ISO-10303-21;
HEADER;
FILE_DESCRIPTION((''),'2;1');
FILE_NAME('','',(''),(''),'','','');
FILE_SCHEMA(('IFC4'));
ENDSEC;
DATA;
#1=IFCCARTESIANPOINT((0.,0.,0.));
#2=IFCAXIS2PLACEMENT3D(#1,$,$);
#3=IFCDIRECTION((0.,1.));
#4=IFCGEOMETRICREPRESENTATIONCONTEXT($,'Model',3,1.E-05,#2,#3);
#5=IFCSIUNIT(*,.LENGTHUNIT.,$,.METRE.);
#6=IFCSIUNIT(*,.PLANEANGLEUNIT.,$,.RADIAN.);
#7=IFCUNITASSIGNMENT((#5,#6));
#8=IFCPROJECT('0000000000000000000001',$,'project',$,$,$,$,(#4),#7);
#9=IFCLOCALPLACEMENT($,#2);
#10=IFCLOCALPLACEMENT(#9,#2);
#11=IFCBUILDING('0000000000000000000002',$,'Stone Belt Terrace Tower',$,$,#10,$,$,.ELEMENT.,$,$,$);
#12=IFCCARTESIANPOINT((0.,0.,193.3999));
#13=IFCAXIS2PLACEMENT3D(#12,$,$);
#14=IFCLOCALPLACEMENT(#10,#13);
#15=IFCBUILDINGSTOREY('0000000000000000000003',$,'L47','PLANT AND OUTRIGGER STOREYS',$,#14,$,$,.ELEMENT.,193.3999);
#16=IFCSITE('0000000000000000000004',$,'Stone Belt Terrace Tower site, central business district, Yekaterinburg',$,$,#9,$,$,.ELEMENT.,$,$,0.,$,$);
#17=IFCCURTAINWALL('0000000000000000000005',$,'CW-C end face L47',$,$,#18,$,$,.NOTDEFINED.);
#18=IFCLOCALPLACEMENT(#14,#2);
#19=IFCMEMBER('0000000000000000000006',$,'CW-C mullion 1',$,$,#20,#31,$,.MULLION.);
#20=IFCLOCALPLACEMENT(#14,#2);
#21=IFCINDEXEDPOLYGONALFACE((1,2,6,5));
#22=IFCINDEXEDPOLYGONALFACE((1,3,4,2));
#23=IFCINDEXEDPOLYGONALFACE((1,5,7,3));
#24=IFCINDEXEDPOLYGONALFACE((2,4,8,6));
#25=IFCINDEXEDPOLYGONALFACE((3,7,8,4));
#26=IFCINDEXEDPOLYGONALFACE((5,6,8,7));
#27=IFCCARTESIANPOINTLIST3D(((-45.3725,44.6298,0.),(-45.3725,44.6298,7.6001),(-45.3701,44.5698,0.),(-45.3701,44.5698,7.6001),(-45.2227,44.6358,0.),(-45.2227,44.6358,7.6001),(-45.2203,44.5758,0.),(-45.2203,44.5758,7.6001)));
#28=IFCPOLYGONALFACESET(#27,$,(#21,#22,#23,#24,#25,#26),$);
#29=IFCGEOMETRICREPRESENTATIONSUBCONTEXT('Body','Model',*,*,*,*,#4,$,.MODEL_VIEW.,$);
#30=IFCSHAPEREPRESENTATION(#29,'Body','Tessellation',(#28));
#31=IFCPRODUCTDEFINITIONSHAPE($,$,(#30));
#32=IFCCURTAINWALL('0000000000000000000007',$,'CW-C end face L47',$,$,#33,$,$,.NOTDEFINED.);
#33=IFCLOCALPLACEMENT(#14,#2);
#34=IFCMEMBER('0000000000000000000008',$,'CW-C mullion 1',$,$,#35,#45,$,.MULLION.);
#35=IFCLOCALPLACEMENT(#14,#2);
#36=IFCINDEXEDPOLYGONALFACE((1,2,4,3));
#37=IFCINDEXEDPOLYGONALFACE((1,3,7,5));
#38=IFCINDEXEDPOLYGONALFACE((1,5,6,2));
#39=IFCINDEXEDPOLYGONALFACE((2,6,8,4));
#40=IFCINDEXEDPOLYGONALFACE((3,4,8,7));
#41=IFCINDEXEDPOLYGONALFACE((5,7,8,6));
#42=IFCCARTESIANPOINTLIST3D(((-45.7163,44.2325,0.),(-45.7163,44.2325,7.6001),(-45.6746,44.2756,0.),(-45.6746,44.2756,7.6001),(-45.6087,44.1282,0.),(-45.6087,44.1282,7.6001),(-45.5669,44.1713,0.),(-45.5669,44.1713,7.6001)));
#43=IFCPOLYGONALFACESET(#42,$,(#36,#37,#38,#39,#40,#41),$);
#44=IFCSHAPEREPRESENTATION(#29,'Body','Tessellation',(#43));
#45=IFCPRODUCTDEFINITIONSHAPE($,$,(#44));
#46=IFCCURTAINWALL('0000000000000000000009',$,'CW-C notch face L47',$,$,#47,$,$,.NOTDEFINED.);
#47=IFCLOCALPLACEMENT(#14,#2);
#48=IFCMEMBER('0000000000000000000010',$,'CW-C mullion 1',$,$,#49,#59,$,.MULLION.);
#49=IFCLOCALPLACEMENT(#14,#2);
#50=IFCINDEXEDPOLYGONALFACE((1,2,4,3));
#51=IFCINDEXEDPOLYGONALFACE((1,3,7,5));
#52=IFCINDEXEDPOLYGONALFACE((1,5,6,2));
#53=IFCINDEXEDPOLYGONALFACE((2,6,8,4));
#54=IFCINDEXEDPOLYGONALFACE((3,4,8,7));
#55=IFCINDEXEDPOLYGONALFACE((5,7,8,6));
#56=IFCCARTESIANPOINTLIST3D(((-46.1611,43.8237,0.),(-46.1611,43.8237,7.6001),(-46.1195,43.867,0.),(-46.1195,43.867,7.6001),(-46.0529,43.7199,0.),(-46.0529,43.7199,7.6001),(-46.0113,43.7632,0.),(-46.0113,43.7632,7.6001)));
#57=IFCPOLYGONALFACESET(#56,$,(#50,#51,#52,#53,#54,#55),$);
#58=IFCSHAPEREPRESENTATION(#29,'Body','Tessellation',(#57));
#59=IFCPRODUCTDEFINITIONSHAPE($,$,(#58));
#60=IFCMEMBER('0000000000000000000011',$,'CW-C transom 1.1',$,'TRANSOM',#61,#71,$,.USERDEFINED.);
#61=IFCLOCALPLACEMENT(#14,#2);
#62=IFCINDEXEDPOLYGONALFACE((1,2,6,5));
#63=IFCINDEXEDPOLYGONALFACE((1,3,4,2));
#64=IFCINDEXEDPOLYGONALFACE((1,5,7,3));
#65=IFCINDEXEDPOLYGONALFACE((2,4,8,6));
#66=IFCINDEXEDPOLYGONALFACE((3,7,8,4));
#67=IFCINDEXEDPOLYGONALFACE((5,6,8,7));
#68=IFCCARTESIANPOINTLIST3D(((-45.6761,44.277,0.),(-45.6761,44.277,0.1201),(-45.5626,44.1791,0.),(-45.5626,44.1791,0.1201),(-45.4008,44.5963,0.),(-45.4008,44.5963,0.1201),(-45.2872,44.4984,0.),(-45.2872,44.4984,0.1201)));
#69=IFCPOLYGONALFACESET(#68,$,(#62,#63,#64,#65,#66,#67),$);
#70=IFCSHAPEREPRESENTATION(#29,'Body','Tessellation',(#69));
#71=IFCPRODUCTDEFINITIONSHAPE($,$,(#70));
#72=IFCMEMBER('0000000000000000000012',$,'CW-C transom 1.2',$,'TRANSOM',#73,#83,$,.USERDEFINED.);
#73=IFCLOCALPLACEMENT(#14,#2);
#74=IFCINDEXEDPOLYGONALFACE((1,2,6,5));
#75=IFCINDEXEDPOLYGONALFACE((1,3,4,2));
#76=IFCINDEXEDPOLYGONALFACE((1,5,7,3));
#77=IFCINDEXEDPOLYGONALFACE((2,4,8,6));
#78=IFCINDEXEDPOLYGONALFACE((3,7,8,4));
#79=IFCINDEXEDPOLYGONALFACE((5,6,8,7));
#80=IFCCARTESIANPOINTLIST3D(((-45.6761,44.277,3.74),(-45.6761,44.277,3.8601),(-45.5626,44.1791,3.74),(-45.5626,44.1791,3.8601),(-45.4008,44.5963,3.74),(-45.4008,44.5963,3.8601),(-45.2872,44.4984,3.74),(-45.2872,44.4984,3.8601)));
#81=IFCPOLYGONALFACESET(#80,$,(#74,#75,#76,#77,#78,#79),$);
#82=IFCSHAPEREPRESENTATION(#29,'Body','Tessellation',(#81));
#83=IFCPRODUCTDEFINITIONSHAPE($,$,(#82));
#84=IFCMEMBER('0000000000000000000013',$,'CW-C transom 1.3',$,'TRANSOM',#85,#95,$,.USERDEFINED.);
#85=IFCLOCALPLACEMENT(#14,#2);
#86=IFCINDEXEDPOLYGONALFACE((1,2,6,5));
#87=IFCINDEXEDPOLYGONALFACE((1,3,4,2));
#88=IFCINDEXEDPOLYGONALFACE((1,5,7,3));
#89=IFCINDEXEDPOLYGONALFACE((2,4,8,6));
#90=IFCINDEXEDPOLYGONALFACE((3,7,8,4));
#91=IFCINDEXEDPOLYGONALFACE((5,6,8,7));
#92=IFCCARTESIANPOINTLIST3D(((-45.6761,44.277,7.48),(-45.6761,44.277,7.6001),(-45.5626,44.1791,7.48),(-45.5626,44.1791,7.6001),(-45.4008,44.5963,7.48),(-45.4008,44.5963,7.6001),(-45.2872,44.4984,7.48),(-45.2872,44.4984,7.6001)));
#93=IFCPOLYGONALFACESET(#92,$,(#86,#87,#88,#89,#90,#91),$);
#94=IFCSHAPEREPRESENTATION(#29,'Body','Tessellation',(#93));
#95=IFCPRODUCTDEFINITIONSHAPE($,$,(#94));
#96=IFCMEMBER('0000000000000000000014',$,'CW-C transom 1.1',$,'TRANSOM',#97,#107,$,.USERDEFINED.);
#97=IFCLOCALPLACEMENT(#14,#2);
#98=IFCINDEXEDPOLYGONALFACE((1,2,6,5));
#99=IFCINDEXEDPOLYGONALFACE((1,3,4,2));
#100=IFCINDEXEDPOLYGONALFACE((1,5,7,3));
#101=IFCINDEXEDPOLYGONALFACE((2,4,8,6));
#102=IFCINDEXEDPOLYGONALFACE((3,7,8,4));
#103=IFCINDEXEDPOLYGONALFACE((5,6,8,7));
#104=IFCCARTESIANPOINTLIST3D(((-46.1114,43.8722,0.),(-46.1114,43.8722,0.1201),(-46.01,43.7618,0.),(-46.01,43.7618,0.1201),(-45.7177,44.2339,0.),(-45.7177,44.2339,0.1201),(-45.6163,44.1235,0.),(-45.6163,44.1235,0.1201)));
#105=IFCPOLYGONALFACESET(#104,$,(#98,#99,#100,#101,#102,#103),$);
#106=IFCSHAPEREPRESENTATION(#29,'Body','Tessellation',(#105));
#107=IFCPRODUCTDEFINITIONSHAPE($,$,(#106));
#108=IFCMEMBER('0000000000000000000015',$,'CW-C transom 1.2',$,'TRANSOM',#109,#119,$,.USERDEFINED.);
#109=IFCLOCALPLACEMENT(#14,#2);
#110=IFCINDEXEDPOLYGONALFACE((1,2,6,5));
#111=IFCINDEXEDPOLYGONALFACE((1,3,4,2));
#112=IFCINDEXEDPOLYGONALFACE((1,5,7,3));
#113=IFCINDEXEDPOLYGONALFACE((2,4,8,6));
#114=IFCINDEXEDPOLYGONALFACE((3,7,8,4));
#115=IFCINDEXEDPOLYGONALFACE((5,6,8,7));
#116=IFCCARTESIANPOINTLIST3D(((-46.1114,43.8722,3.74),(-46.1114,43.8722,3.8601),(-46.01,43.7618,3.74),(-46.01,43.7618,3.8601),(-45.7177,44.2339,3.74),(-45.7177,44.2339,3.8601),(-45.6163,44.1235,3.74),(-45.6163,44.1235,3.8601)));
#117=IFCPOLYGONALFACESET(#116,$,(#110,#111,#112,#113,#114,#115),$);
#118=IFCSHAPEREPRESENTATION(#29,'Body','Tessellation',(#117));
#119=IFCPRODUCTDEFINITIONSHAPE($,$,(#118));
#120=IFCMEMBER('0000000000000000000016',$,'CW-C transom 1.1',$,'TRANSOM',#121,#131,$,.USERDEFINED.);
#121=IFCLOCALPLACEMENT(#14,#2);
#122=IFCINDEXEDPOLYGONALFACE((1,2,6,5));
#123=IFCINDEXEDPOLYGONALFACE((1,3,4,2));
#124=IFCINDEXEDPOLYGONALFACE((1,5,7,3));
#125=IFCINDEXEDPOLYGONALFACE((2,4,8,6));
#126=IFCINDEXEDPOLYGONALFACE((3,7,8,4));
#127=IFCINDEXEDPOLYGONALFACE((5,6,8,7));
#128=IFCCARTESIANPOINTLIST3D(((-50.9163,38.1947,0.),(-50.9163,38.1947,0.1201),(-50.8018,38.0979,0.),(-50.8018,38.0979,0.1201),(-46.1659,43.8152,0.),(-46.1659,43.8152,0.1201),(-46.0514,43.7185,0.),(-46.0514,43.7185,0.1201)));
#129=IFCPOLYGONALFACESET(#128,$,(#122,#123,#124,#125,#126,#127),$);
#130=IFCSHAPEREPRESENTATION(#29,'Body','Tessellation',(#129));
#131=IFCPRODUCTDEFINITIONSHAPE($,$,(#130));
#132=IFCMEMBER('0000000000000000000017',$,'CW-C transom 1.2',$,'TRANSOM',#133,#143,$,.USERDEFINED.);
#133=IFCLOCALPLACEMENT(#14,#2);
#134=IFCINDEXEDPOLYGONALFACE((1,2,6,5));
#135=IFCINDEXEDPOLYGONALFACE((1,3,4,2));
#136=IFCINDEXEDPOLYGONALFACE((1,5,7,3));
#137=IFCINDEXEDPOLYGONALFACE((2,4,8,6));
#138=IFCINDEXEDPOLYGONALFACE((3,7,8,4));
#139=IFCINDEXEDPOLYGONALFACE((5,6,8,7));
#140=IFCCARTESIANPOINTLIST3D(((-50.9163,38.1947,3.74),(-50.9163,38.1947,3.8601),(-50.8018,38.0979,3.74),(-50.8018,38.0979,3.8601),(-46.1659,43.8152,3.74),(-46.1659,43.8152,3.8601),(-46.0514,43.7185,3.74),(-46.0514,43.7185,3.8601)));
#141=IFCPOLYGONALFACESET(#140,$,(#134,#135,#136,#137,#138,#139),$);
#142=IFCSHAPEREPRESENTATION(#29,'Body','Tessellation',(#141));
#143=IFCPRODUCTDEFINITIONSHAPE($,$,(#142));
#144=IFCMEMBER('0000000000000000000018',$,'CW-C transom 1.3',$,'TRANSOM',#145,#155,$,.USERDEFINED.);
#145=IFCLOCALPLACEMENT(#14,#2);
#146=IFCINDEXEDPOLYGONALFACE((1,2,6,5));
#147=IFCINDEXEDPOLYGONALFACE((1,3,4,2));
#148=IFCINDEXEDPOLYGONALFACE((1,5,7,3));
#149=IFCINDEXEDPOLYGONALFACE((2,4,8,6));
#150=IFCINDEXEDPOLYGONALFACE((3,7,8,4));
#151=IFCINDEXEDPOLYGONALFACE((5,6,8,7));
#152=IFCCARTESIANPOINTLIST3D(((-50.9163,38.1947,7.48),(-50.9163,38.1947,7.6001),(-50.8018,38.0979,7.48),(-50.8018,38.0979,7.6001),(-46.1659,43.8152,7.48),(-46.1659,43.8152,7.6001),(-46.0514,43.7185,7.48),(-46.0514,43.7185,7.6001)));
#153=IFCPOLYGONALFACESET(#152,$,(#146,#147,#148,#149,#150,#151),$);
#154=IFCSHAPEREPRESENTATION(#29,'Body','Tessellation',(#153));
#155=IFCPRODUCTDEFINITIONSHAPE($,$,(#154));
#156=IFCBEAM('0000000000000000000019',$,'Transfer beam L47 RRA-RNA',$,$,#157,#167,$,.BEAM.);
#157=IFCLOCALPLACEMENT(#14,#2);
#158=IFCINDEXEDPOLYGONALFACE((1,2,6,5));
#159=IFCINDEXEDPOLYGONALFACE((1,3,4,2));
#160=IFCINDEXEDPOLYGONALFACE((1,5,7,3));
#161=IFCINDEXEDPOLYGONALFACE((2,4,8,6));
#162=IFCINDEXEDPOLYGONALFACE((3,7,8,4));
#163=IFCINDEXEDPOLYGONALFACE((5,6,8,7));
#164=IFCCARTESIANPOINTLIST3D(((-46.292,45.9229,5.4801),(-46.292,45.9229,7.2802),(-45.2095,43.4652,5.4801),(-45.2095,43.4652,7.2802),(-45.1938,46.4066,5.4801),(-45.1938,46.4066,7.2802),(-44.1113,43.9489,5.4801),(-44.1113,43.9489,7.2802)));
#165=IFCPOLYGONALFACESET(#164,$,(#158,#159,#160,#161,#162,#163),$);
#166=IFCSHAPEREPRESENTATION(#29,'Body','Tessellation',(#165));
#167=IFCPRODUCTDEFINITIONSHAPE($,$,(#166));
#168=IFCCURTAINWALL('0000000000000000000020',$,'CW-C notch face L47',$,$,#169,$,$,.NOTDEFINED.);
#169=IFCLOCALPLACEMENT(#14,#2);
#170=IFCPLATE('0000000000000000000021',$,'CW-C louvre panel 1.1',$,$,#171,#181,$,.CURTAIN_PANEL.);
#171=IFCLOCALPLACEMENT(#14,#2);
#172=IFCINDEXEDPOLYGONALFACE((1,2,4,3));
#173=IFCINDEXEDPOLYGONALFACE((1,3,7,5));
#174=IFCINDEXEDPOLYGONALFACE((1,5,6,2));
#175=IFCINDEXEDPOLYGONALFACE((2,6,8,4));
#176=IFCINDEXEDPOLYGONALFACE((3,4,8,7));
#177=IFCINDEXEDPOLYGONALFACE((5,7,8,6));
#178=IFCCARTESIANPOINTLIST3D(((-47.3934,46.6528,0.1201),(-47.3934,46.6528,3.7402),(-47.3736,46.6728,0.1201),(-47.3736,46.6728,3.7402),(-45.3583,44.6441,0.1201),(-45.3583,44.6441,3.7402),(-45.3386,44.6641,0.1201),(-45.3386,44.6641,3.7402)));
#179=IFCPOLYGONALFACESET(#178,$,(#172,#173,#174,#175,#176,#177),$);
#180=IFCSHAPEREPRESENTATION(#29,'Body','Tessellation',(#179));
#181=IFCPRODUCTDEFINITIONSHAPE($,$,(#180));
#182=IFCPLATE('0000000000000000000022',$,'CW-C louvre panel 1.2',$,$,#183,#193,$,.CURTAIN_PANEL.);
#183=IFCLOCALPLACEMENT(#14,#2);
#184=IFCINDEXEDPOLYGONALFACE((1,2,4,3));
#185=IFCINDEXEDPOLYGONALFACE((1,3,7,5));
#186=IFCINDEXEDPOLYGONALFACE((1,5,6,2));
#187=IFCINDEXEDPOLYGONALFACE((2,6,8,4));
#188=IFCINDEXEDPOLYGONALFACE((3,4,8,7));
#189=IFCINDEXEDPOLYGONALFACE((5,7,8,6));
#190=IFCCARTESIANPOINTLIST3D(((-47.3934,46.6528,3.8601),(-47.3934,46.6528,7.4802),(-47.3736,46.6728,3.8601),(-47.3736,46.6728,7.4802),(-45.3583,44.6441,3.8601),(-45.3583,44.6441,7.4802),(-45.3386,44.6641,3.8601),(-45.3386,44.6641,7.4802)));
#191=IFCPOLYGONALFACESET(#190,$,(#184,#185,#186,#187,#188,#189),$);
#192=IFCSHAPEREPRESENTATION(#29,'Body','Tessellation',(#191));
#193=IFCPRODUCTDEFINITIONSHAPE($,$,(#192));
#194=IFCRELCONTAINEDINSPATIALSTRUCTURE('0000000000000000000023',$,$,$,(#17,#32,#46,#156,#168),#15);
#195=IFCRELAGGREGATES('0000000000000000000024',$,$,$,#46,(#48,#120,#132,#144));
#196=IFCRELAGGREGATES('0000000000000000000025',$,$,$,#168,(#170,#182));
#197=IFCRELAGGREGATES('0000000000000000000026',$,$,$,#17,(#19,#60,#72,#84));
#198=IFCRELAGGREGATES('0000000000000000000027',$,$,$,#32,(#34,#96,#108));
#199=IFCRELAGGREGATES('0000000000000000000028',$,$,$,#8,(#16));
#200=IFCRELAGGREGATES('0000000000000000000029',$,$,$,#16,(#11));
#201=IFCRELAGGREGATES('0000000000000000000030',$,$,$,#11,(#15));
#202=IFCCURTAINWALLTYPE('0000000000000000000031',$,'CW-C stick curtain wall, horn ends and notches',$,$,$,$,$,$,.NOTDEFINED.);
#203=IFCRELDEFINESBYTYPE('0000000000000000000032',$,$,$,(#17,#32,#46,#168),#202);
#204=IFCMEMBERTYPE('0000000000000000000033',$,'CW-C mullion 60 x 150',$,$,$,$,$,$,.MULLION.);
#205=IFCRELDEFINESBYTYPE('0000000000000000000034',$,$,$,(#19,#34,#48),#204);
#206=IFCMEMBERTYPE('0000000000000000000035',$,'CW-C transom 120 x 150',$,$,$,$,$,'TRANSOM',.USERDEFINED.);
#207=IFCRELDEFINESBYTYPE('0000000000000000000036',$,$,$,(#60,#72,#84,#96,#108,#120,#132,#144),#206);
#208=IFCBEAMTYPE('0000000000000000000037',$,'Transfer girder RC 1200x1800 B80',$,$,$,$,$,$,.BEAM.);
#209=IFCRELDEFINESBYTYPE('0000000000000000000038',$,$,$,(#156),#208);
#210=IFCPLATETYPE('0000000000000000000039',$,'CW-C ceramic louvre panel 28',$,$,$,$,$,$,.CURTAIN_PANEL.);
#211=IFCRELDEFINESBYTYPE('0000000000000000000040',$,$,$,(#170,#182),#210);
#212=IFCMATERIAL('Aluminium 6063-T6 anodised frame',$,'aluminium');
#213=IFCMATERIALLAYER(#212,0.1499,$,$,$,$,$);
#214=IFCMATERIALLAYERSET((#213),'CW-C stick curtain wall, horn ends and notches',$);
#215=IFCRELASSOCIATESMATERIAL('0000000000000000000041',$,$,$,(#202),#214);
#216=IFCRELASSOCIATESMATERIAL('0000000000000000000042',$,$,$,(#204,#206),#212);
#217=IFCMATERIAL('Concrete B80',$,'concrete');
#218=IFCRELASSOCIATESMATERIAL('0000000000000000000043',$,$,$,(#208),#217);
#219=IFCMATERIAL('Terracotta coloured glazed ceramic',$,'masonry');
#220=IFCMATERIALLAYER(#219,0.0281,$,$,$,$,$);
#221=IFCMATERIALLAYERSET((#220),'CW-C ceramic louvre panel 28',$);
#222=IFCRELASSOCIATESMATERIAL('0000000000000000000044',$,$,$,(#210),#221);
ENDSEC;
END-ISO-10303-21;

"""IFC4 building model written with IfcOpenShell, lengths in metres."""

from ifc_helpers import new_model, si_unit, direction, frame, origin, origin_2d, place, context, subcontext, project, spatial, rectangle, extrude, material, layer, layer_set, material_profile, profile_set, type_object, element, aggregate, save


model = new_model("IFC4")

# Units and contexts
model_context = context("Model", 3, precision=1e-05, world=origin(), true_north=direction((0.0, 1.0)))
body_context = subcontext(model_context, "Body", "Model", "MODEL_VIEW")
ifc_project = project(units=[si_unit("LENGTHUNIT", "METRE"), si_unit("PLANEANGLEUNIT", "RADIAN")], contexts=[model_context])

# Site, building, storey
site_placement = place(None, origin())
site = spatial("IfcSite", under=ifc_project, at=site_placement, Name="Stone Belt Terrace Tower site, central business district, Yekaterinburg", CompositionType="ELEMENT", RefElevation=0.0)
building_placement = place(site_placement, origin())
building = spatial("IfcBuilding", under=site, at=building_placement, Name="Stone Belt Terrace Tower", CompositionType="ELEMENT")
storey_placement = place(building_placement, frame((0.0, 0.0, 193.3999)))
storey = spatial("IfcBuildingStorey", under=building, at=storey_placement, Name="L47", Description="PLANT AND OUTRIGGER STOREYS", CompositionType="ELEMENT", Elevation=193.3999)

# Curtain walls, members
ifc_material_1 = material(Name="Aluminium 6063-T6 anodised frame", Category="aluminium")
ifc_layer_1 = layer(ifc_material_1, 0.1499)
ifc_layer_set_1 = layer_set([ifc_layer_1], Name="CW-C stick curtain wall, horn ends and notches")
curtain_wall_type = type_object("IfcCurtainWallType", Name="CW-C stick curtain wall, horn ends and notches", PredefinedType="NOTDEFINED", material=ifc_layer_set_1)
curtain_wall_1_placement = place(storey_placement, origin())
curtain_wall_1 = element("IfcCurtainWall", 1, at=curtain_wall_1_placement, inside=storey, type_object=curtain_wall_type, Name="CW-C end face L47", PredefinedType="NOTDEFINED")
ifc_material_profile_1 = material_profile(ifc_material_1, rectangle(XDim=0.1499, YDim=0.0601, at=origin_2d()), Name="Aluminium 6063-T6 60x150")
ifc_profile_set_1 = profile_set([ifc_material_profile_1], Name="Aluminium 6063-T6 anodised frame")
member_type_1 = type_object("IfcMemberType", Name="CW-C mullion 60 x 150", PredefinedType="MULLION", material=ifc_profile_set_1)
member_1_placement = place(storey_placement, frame((-45.2964, 44.6028, 0.0), z_axis=(0.0, 0.0, 1.0), x_axis=(0.999185, 0.04036, 0.0)))
member_1 = element("IfcMember", 2, at=member_1_placement, type_object=member_type_1, Name="CW-C mullion 1", PredefinedType="MULLION", context=body_context, shape_type="SweptSolid", body=[
    extrude(rectangle(XDim=0.1499, YDim=0.0601, at=origin_2d()), origin(), (0.0, 0.0, 1.0), 7.6001),
])
curtain_wall_2_placement = place(storey_placement, origin())
curtain_wall_2 = element("IfcCurtainWall", 3, at=curtain_wall_2_placement, inside=storey, type_object=curtain_wall_type, Name="CW-C end face L47", PredefinedType="NOTDEFINED")
member_2_placement = place(storey_placement, frame((-45.6416, 44.2019, 0.0), z_axis=(0.0, 0.0, 1.0), x_axis=(0.718346, -0.695686, 0.0)))
member_2 = element("IfcMember", 4, at=member_2_placement, type_object=member_type_1, Name="CW-C mullion 1", PredefinedType="MULLION", context=body_context, shape_type="SweptSolid", body=[
    extrude(rectangle(XDim=0.1499, YDim=0.0601, at=origin_2d()), origin(), (0.0, 0.0, 1.0), 7.6001),
])
curtain_wall_3_placement = place(storey_placement, origin())
curtain_wall_3 = element("IfcCurtainWall", 5, at=curtain_wall_3_placement, inside=storey, type_object=curtain_wall_type, Name="CW-C notch face L47", PredefinedType="NOTDEFINED")
member_3_placement = place(storey_placement, frame((-46.0862, 43.7935, 0.0), z_axis=(0.0, 0.0, 1.0), x_axis=(0.721638, -0.692271, 0.0)))
member_3 = element("IfcMember", 6, at=member_3_placement, type_object=member_type_1, Name="CW-C mullion 1", PredefinedType="MULLION", context=body_context, shape_type="SweptSolid", body=[
    extrude(rectangle(XDim=0.1499, YDim=0.0601, at=origin_2d()), origin(), (0.0, 0.0, 1.0), 7.6001),
])

# Members
ifc_material_profile_2 = material_profile(ifc_material_1, rectangle(XDim=0.1499, YDim=0.1201, at=origin_2d()), Name="Aluminium 6063-T6 150x120")
ifc_profile_set_2 = profile_set([ifc_material_profile_2], Name="Aluminium 6063-T6 anodised frame")
member_type_2 = type_object("IfcMemberType", Name="CW-C transom 120 x 150", ElementType="TRANSOM", PredefinedType="USERDEFINED", material=ifc_profile_set_2)
member_4_placement = place(storey_placement, frame((-45.344, 44.5474, 0.0601), z_axis=(-0.653077, -0.757291, 0.0), x_axis=(0.757291, -0.653077, 0.0)))
member_4 = element("IfcMember", 7, at=member_4_placement, type_object=member_type_2, Name="CW-C transom 1.1", ObjectType="TRANSOM", PredefinedType="USERDEFINED", context=body_context, shape_type="SweptSolid", body=[
    extrude(rectangle(XDim=0.1499, YDim=0.1201, at=origin_2d()), origin(), (0.0, 0.0, 1.0), 0.4216),
])
member_5_placement = place(storey_placement, frame((-45.344, 44.5474, 3.8), z_axis=(-0.653077, -0.757291, 0.0), x_axis=(0.757291, -0.653077, 0.0)))
member_5 = element("IfcMember", 8, at=member_5_placement, type_object=member_type_2, Name="CW-C transom 1.2", ObjectType="TRANSOM", PredefinedType="USERDEFINED", context=body_context, shape_type="SweptSolid", body=[
    extrude(rectangle(XDim=0.1499, YDim=0.1201, at=origin_2d()), origin(), (0.0, 0.0, 1.0), 0.4216),
])
member_6_placement = place(storey_placement, frame((-45.344, 44.5474, 7.54), z_axis=(-0.653077, -0.757291, 0.0), x_axis=(0.757291, -0.653077, 0.0)))
member_6 = element("IfcMember", 9, at=member_6_placement, type_object=member_type_2, Name="CW-C transom 1.3", ObjectType="TRANSOM", PredefinedType="USERDEFINED", context=body_context, shape_type="SweptSolid", body=[
    extrude(rectangle(XDim=0.1499, YDim=0.1201, at=origin_2d()), origin(), (0.0, 0.0, 1.0), 0.4216),
])
member_7_placement = place(storey_placement, frame((-45.667, 44.1787, 0.0601), z_axis=(-0.736377, -0.676572, 0.0), x_axis=(0.676572, -0.736377, 0.0)))
member_7 = element("IfcMember", 10, at=member_7_placement, type_object=member_type_2, Name="CW-C transom 1.1", ObjectType="TRANSOM", PredefinedType="USERDEFINED", context=body_context, shape_type="SweptSolid", body=[
    extrude(rectangle(XDim=0.1499, YDim=0.1201, at=origin_2d()), origin(), (0.0, 0.0, 1.0), 0.5347),
])
member_8_placement = place(storey_placement, frame((-45.667, 44.1787, 3.8), z_axis=(-0.736377, -0.676572, 0.0), x_axis=(0.676572, -0.736377, 0.0)))
member_8 = element("IfcMember", 11, at=member_8_placement, type_object=member_type_2, Name="CW-C transom 1.2", ObjectType="TRANSOM", PredefinedType="USERDEFINED", context=body_context, shape_type="SweptSolid", body=[
    extrude(rectangle(XDim=0.1499, YDim=0.1201, at=origin_2d()), origin(), (0.0, 0.0, 1.0), 0.5347),
])
member_9_placement = place(storey_placement, frame((-46.1086, 43.7668, 0.0601), z_axis=(-0.645514, -0.763749, 0.0), x_axis=(0.763749, -0.645514, 0.0)))
member_9 = element("IfcMember", 12, at=member_9_placement, type_object=member_type_2, Name="CW-C transom 1.1", ObjectType="TRANSOM", PredefinedType="USERDEFINED", context=body_context, shape_type="SweptSolid", body=[
    extrude(rectangle(XDim=0.1499, YDim=0.1201, at=origin_2d()), origin(), (0.0, 0.0, 1.0), 7.3591),
])
member_10_placement = place(storey_placement, frame((-46.1086, 43.7668, 3.8), z_axis=(-0.645514, -0.763749, 0.0), x_axis=(0.763749, -0.645514, 0.0)))
member_10 = element("IfcMember", 13, at=member_10_placement, type_object=member_type_2, Name="CW-C transom 1.2", ObjectType="TRANSOM", PredefinedType="USERDEFINED", context=body_context, shape_type="SweptSolid", body=[
    extrude(rectangle(XDim=0.1499, YDim=0.1201, at=origin_2d()), origin(), (0.0, 0.0, 1.0), 7.3591),
])
member_11_placement = place(storey_placement, frame((-46.1086, 43.7668, 7.54), z_axis=(-0.645514, -0.763749, 0.0), x_axis=(0.763749, -0.645514, 0.0)))
member_11 = element("IfcMember", 14, at=member_11_placement, type_object=member_type_2, Name="CW-C transom 1.3", ObjectType="TRANSOM", PredefinedType="USERDEFINED", context=body_context, shape_type="SweptSolid", body=[
    extrude(rectangle(XDim=0.1499, YDim=0.1201, at=origin_2d()), origin(), (0.0, 0.0, 1.0), 7.3591),
])
aggregate(curtain_wall_3, [member_3, member_9, member_10, member_11])

# Beam
ifc_material_2 = material(Name="Concrete B80", Category="concrete")
ifc_material_profile_3 = material_profile(ifc_material_2, rectangle(XDim=1.2, YDim=1.8, at=origin_2d()), Name="RC 1200x1800")
ifc_profile_set_3 = profile_set([ifc_material_profile_3], Name="Concrete B80")
beam_type = type_object("IfcBeamType", Name="Transfer girder RC 1200x1800 B80", PredefinedType="BEAM", material=ifc_profile_set_3)
beam_placement = place(storey_placement, frame((-44.6604, 43.707, 6.3801), z_axis=(-0.403083, 0.915163, 0.0), x_axis=(-0.915163, -0.403083, 0.0)))
element("IfcBeam", 15, at=beam_placement, inside=storey, type_object=beam_type, Name="Transfer beam L47 RRA-RNA", PredefinedType="BEAM", context=body_context, shape_type="SweptSolid", body=[
    extrude(rectangle(XDim=1.2, YDim=1.8, at=origin_2d()), origin(), (0.0, 0.0, 1.0), 2.6855),
])

# Curtain wall, plates
curtain_wall_4_placement = place(storey_placement, origin())
curtain_wall_4 = element("IfcCurtainWall", 16, at=curtain_wall_4_placement, inside=storey, type_object=curtain_wall_type, Name="CW-C notch face L47", PredefinedType="NOTDEFINED")
ifc_material_3 = material(Name="Terracotta coloured glazed ceramic", Category="masonry")
ifc_layer_2 = layer(ifc_material_3, 0.0281)
ifc_layer_set_2 = layer_set([ifc_layer_2], Name="CW-C ceramic louvre panel 28")
plate_type = type_object("IfcPlateType", Name="CW-C ceramic louvre panel 28", PredefinedType="CURTAIN_PANEL", material=ifc_layer_set_2)
plate_1_placement = place(storey_placement, frame((-46.366, 45.6584, 0.1201), z_axis=(0.0, 0.0, 1.0), x_axis=(0.711713, -0.70247, 0.0)))
plate_1 = element("IfcPlate", 17, at=plate_1_placement, type_object=plate_type, Name="CW-C louvre panel 1.1", PredefinedType="CURTAIN_PANEL", context=body_context, shape_type="SweptSolid", body=[
    extrude(rectangle(XDim=2.8594, YDim=0.0281, at=origin_2d()), origin(), (0.0, 0.0, 1.0), 3.6201),
])
plate_2_placement = place(storey_placement, frame((-46.366, 45.6584, 3.8601), z_axis=(0.0, 0.0, 1.0), x_axis=(0.711713, -0.70247, 0.0)))
plate_2 = element("IfcPlate", 18, at=plate_2_placement, type_object=plate_type, Name="CW-C louvre panel 1.2", PredefinedType="CURTAIN_PANEL", context=body_context, shape_type="SweptSolid", body=[
    extrude(rectangle(XDim=2.8594, YDim=0.0281, at=origin_2d()), origin(), (0.0, 0.0, 1.0), 3.6201),
])
aggregate(curtain_wall_4, [plate_1, plate_2])

aggregate(curtain_wall_1, [member_1, member_4, member_5, member_6])
aggregate(curtain_wall_2, [member_2, member_7, member_8])

save(model, "model.ifc")
